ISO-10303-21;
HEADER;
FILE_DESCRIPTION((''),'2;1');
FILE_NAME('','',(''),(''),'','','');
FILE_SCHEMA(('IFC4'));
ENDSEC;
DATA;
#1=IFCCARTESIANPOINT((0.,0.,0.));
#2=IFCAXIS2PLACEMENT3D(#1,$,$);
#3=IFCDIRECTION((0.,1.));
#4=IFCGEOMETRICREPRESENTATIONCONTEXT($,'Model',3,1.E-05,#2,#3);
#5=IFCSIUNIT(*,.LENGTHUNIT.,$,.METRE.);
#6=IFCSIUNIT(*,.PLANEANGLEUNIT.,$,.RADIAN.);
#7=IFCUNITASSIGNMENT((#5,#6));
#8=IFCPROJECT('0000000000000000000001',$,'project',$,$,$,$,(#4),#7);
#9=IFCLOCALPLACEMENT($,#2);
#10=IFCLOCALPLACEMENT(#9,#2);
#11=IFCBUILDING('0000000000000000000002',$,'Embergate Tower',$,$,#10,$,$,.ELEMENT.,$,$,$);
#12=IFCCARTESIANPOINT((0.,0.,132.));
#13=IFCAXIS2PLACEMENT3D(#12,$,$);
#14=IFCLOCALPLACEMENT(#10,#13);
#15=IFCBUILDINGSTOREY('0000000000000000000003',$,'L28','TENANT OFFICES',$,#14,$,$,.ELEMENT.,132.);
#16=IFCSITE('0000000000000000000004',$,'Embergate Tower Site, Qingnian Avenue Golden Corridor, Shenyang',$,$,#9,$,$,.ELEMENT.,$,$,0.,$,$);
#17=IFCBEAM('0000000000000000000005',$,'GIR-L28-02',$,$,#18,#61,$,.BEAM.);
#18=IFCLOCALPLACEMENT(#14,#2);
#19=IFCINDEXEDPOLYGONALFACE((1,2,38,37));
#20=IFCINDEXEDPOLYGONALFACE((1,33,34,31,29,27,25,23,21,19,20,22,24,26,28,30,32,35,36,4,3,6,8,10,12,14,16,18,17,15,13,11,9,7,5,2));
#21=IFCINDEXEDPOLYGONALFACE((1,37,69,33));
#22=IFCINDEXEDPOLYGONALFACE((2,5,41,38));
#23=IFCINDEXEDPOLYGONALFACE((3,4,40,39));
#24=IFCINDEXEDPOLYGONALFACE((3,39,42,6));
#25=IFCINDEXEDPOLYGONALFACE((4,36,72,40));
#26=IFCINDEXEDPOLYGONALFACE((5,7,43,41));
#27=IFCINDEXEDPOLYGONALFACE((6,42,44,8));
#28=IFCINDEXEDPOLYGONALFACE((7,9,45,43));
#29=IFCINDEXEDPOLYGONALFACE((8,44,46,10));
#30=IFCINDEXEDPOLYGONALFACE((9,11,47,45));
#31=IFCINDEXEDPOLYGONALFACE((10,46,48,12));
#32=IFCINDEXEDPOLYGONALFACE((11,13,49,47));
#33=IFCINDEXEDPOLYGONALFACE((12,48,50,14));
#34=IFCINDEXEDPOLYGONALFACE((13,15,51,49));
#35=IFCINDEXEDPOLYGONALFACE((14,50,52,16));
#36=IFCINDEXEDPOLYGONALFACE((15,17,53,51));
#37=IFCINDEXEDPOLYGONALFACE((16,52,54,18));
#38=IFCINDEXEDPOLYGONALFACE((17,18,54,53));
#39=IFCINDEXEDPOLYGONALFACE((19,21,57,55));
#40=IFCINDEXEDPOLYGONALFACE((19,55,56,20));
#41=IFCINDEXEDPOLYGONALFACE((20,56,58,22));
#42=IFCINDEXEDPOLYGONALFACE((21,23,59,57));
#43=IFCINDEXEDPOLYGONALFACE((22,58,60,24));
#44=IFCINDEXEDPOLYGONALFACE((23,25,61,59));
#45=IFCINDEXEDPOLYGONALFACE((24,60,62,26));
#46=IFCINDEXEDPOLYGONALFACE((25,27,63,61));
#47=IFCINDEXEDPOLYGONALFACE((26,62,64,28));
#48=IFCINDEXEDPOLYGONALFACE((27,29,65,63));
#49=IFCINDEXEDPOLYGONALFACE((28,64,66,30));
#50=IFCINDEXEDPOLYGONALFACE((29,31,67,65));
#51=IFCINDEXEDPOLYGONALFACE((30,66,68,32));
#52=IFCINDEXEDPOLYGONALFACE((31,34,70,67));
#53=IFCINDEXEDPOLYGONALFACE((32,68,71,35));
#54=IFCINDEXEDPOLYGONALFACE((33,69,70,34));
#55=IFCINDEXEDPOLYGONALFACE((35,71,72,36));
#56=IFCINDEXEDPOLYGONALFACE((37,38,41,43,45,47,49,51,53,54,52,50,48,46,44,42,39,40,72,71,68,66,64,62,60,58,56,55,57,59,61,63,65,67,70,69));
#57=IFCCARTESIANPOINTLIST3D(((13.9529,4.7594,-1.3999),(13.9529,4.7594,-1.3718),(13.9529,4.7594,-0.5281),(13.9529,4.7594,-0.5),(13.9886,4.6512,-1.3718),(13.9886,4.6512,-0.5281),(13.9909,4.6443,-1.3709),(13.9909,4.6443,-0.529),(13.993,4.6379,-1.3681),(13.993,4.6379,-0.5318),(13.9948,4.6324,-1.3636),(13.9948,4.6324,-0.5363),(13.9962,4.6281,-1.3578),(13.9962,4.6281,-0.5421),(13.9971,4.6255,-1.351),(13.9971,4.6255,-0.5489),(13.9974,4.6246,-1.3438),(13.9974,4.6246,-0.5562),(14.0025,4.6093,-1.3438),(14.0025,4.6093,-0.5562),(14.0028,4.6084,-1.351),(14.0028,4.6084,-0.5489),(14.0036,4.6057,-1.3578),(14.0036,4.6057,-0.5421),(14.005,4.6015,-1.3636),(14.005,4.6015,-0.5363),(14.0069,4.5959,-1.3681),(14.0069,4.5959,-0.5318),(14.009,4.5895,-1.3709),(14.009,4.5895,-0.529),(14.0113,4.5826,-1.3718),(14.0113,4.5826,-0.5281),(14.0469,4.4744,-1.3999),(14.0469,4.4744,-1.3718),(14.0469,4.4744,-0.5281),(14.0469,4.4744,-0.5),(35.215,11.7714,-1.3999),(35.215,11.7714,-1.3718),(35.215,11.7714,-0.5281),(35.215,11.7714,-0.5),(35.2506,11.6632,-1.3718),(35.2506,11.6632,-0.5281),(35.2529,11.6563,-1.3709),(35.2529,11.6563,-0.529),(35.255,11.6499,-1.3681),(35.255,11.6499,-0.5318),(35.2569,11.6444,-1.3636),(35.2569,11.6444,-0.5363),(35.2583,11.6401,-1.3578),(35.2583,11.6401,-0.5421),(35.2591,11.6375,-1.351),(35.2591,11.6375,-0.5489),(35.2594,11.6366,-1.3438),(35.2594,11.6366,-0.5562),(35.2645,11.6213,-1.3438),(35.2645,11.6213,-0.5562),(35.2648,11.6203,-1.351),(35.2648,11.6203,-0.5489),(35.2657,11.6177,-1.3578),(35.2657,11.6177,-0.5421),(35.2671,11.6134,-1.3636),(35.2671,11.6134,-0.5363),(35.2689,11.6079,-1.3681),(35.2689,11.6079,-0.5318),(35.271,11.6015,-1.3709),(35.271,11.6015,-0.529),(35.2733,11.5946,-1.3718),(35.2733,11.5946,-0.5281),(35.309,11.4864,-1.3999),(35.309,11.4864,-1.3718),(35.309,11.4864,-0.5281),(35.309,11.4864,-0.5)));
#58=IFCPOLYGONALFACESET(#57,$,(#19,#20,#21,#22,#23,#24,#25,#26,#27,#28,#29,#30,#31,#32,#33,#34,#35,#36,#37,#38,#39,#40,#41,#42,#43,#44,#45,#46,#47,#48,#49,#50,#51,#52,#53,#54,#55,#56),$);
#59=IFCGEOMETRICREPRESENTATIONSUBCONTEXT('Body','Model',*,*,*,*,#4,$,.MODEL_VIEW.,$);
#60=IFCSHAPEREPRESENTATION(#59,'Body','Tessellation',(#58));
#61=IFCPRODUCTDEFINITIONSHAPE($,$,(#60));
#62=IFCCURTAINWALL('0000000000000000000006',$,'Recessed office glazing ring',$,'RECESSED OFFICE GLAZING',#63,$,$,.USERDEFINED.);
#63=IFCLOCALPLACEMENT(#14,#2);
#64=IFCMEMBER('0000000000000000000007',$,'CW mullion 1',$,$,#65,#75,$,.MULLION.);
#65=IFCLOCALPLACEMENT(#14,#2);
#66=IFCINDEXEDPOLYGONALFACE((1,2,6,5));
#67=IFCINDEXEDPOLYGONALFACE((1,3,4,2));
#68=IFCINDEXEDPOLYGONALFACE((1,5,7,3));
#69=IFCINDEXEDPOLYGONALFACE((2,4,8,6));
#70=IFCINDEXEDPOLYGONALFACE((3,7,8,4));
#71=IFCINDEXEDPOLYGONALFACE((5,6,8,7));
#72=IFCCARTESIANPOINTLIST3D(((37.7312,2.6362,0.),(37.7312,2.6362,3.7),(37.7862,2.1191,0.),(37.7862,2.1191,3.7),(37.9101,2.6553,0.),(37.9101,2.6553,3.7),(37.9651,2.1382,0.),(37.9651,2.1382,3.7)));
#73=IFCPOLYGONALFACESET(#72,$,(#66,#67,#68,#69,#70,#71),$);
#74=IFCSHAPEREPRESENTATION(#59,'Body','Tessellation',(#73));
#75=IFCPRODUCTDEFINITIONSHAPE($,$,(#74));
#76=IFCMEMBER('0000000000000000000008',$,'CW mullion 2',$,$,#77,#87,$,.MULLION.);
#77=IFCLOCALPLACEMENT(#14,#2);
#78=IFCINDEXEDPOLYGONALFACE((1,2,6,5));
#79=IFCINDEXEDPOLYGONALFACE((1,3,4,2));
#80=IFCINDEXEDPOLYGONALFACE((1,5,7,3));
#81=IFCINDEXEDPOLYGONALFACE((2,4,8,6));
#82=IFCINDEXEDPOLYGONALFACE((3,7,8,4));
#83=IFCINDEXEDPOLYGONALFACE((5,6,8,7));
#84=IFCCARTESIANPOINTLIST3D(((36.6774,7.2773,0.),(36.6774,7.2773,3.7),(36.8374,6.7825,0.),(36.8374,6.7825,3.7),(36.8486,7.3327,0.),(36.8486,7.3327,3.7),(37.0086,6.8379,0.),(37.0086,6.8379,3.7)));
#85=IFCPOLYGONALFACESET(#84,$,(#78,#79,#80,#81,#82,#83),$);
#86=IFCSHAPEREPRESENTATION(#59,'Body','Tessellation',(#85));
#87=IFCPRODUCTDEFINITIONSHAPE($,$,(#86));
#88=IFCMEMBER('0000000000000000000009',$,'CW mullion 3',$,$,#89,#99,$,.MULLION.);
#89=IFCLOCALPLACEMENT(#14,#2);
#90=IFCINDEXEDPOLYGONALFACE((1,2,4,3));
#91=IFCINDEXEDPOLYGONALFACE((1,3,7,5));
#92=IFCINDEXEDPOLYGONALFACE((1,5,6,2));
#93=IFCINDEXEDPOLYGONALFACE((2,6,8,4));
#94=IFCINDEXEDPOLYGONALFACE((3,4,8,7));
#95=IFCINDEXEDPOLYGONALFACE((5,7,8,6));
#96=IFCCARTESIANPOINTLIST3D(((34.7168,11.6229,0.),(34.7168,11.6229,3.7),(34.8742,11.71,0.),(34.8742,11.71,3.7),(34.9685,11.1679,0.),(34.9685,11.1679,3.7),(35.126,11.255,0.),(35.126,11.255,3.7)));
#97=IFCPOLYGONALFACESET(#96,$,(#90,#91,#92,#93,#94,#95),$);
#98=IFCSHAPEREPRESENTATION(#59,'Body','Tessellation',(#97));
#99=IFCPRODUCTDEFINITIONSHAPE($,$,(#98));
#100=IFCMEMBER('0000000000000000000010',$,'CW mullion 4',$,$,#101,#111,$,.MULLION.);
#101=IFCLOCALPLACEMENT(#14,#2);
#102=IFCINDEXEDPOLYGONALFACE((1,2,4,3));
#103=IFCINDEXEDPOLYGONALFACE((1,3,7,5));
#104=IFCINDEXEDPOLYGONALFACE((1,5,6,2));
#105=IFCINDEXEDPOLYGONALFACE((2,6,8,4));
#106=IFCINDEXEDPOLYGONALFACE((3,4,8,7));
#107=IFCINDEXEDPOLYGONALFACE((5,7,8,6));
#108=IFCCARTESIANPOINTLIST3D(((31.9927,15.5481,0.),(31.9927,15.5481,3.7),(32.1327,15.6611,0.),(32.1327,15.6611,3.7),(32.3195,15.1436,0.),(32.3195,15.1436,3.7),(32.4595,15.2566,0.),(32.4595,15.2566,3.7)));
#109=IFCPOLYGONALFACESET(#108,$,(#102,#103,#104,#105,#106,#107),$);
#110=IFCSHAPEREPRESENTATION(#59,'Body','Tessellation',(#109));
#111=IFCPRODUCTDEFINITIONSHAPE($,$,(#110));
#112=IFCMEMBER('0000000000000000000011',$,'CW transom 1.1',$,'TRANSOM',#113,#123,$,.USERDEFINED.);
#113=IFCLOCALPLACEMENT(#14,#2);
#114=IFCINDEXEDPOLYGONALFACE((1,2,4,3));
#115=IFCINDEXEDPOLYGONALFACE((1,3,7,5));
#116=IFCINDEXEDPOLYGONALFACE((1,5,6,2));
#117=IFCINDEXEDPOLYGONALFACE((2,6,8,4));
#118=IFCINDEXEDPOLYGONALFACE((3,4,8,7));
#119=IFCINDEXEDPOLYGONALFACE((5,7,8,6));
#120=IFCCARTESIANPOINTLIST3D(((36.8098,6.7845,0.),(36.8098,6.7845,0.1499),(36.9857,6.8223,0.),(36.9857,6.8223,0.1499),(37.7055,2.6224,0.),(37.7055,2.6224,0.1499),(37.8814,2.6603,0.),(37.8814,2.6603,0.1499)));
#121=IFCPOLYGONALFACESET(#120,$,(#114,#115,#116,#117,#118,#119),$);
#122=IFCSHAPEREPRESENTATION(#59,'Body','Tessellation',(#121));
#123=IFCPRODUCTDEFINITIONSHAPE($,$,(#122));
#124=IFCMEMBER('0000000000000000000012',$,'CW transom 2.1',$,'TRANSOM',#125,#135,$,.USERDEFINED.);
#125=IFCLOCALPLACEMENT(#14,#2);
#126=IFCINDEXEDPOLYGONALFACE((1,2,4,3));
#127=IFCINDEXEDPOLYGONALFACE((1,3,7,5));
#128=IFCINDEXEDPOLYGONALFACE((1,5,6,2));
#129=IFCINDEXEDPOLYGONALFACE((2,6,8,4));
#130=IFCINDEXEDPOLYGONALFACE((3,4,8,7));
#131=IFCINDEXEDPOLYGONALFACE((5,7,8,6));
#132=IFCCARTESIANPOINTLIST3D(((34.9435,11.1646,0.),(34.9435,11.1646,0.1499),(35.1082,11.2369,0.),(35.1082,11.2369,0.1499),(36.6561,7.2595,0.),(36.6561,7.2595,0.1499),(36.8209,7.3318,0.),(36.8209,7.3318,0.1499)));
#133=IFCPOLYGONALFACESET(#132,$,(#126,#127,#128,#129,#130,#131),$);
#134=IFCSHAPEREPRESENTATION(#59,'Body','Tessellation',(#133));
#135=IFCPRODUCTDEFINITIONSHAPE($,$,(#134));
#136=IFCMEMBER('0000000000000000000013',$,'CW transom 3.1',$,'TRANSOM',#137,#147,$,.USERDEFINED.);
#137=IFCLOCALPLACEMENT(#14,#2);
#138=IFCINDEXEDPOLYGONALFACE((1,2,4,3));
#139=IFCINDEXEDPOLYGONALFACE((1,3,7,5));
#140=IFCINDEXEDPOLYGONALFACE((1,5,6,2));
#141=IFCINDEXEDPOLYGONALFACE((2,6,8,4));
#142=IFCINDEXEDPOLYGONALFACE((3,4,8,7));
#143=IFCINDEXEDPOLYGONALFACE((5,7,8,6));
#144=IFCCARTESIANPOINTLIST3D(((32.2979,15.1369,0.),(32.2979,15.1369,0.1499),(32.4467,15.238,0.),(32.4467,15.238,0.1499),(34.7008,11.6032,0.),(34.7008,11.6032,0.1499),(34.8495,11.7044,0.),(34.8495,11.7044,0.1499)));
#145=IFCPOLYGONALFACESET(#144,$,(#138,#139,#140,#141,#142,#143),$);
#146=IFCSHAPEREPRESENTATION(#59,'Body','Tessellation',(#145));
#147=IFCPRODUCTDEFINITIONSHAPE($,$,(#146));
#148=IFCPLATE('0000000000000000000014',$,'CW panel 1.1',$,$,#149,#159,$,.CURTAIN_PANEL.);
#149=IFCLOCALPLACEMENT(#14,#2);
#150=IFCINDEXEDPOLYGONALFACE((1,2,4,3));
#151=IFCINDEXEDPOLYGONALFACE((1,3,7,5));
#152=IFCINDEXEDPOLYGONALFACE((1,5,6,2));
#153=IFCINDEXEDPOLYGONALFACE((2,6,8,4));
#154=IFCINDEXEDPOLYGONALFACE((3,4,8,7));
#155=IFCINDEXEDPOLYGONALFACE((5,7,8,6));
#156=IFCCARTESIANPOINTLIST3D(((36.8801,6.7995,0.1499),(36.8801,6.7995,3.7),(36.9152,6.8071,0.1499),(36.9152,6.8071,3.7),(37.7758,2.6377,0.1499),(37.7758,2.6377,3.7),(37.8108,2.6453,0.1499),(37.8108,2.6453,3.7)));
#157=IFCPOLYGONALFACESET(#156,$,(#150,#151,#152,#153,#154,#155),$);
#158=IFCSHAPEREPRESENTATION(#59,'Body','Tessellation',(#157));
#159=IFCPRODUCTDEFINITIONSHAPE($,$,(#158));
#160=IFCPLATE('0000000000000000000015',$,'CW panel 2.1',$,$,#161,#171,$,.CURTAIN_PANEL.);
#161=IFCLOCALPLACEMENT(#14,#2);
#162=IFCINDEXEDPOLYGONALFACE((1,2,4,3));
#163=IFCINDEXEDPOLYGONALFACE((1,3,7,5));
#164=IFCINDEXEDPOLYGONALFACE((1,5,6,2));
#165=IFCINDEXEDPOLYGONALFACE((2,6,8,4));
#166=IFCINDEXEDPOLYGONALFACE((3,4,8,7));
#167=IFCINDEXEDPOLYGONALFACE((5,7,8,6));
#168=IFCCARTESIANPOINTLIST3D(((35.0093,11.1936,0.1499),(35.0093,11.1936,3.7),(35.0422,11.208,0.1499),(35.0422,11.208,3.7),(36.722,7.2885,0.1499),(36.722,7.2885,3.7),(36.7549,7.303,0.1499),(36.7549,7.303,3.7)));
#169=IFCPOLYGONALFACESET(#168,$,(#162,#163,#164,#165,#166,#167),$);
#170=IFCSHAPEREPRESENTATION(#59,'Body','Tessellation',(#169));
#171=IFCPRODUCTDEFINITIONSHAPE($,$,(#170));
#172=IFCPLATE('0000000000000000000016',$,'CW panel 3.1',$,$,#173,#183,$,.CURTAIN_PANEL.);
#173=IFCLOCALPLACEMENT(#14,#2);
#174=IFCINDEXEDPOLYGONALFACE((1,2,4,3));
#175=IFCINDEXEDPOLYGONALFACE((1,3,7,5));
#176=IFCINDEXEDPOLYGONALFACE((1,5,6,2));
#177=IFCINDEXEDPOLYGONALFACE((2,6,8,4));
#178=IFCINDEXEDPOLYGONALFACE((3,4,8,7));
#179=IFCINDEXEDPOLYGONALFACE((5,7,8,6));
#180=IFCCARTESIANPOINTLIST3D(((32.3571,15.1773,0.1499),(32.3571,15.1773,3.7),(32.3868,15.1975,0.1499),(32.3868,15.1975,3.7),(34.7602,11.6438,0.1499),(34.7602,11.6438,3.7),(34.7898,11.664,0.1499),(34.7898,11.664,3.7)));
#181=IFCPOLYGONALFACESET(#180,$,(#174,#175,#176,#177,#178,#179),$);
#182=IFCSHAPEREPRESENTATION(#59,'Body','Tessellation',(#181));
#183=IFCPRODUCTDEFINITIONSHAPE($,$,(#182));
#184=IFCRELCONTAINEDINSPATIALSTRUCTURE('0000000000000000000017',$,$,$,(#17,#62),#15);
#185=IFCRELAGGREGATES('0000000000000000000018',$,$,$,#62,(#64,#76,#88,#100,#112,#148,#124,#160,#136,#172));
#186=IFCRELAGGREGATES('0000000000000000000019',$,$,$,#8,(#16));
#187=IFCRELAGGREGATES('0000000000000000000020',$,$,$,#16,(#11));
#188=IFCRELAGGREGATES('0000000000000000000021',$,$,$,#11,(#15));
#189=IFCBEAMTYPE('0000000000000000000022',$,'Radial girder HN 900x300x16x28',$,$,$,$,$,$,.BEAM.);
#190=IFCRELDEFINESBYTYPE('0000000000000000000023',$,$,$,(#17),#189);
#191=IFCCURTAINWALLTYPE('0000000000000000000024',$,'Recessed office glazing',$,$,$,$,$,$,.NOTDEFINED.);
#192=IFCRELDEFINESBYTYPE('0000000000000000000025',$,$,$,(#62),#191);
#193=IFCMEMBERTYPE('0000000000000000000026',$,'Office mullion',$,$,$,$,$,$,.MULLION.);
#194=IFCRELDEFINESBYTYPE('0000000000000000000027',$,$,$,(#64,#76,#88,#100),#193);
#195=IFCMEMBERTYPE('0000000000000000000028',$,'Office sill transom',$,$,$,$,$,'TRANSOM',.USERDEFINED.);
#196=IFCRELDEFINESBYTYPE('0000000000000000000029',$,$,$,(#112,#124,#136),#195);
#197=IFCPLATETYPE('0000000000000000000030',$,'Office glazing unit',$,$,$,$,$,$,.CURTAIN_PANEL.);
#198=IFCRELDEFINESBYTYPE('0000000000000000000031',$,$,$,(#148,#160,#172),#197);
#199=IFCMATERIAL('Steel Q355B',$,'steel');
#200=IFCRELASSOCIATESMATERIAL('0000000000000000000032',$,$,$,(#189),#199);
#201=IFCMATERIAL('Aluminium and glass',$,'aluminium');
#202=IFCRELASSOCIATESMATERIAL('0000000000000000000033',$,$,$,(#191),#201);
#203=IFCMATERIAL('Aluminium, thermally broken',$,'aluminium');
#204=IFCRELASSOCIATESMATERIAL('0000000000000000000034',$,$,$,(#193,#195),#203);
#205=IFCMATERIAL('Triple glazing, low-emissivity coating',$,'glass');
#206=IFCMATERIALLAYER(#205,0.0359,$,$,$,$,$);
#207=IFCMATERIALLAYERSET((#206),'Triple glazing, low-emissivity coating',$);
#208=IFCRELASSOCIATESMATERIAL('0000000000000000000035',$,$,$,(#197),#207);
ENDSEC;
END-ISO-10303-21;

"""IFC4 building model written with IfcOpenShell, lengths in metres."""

from ifc_helpers import new_model, si_unit, direction, frame, origin, origin_2d, place, context, subcontext, project, spatial, rectangle, i_section, extrude, source, transform, mapped, material, layer, layer_set, material_profile, profile_set, type_object, element, aggregate, save


model = new_model("IFC4")

# Units and contexts
model_context = context("Model", 3, precision=1e-05, world=origin(), true_north=direction((0.0, 1.0)))
body_context = subcontext(model_context, "Body", "Model", "MODEL_VIEW")
ifc_project = project(units=[si_unit("LENGTHUNIT", "METRE"), si_unit("PLANEANGLEUNIT", "RADIAN")], contexts=[model_context])

# Site, building, storey
site_placement = place(None, origin())
site = spatial("IfcSite", under=ifc_project, at=site_placement, Name="Embergate Tower Site, Qingnian Avenue Golden Corridor, Shenyang", CompositionType="ELEMENT", RefElevation=0.0)
building_placement = place(site_placement, origin())
building = spatial("IfcBuilding", under=site, at=building_placement, Name="Embergate Tower", CompositionType="ELEMENT")
storey_placement = place(building_placement, frame((0.0, 0.0, 132.0)))
storey = spatial("IfcBuildingStorey", under=building, at=storey_placement, Name="L28", Description="TENANT OFFICES", CompositionType="ELEMENT", Elevation=132.0)

# Beam
ifc_material_1 = material(Name="Steel Q355B", Category="steel")
ifc_material_profile_1 = material_profile(ifc_material_1, i_section(OverallWidth=0.3, OverallDepth=0.8999, WebThickness=0.0161, FlangeThickness=0.0281, FilletRadius=0.0281, at=origin_2d()), Name="HN 900x300x16x28")
ifc_profile_set_1 = profile_set([ifc_material_profile_1], Name="Steel Q355 grade B")
beam_type_1 = type_object("IfcBeamType", Name="Radial girder HN 900x300x16x28", PredefinedType="BEAM", material=ifc_profile_set_1)
shared_shape_1 = source(origin(), body_context, "Body", "SweptSolid", [
    extrude(i_section(OverallWidth=0.3, OverallDepth=0.8999, WebThickness=0.0161, FlangeThickness=0.0281, FilletRadius=0.0281, at=origin_2d()), origin(), (0.0, 0.0, 1.0), 22.3884),
])
beam_1_placement = place(storey_placement, frame((35.262, 11.6289, -0.95), z_axis=(-0.949688, -0.313197, 0.0), x_axis=(0.313197, -0.949688, 0.0)))
element("IfcBeam", 1, at=beam_1_placement, inside=storey, type_object=beam_type_1, Name="GIR-L28-02", PredefinedType="BEAM", context=body_context, shape_type="MappedRepresentation", body=[
    mapped(shared_shape_1, transform((0.0, 0.0, 0.0))),
])

# Curtain wall, members, plates
ifc_material_2 = material(Name="Aluminium and glass", Category="aluminium")
curtain_wall_type = type_object("IfcCurtainWallType", Name="Recessed office glazing", PredefinedType="NOTDEFINED", material=ifc_material_2)
curtain_wall_placement = place(storey_placement, origin())
curtain_wall = element("IfcCurtainWall", 2, at=curtain_wall_placement, inside=storey, type_object=curtain_wall_type, Name="Recessed office glazing ring", ObjectType="RECESSED OFFICE GLAZING", PredefinedType="USERDEFINED")
ifc_material_3 = material(Name="Aluminium, thermally broken", Category="aluminium")
ifc_material_profile_2 = material_profile(ifc_material_3, rectangle(XDim=0.1799, YDim=0.52, at=origin_2d()), Name="AL 520x180")
ifc_profile_set_2 = profile_set([ifc_material_profile_2], Name="Aluminium, thermally broken")
member_type_1 = type_object("IfcMemberType", Name="Office mullion", PredefinedType="MULLION", material=ifc_profile_set_2)
shared_shape_2 = source(origin(), body_context, "Body", "SweptSolid", [
    extrude(rectangle(XDim=0.1799, YDim=0.52, at=origin_2d()), origin(), (0.0, 0.0, 1.0), 3.7),
])
member_1_placement = place(storey_placement, frame((37.8481, 2.3872, 0.0), z_axis=(0.0, 0.0, 1.0), x_axis=(-0.994385, -0.105823, 0.0)))
member_1 = element("IfcMember", 3, at=member_1_placement, type_object=member_type_1, Name="CW mullion 1", PredefinedType="MULLION", context=body_context, shape_type="MappedRepresentation", body=[
    mapped(shared_shape_2, transform((0.0, 0.0, 0.0))),
])
member_2_placement = place(storey_placement, frame((36.843, 7.0576, 0.0), z_axis=(0.0, 0.0, 1.0), x_axis=(-0.951498, -0.307654, 0.0)))
member_2 = element("IfcMember", 4, at=member_2_placement, type_object=member_type_1, Name="CW mullion 2", PredefinedType="MULLION", context=body_context, shape_type="MappedRepresentation", body=[
    mapped(shared_shape_2, transform((0.0, 0.0, 0.0))),
])
member_3_placement = place(storey_placement, frame((34.9214, 11.439, 0.0), z_axis=(0.0, 0.0, 1.0), x_axis=(-0.875002, -0.484119, 0.0)))
member_3 = element("IfcMember", 5, at=member_3_placement, type_object=member_type_1, Name="CW mullion 3", PredefinedType="MULLION", context=body_context, shape_type="MappedRepresentation", body=[
    mapped(shared_shape_2, transform((0.0, 0.0, 0.0))),
])
member_4_placement = place(storey_placement, frame((32.2261, 15.4023, 0.0), z_axis=(0.0, 0.0, 1.0), x_axis=(-0.777873, -0.628422, 0.0)))
member_4 = element("IfcMember", 6, at=member_4_placement, type_object=member_type_1, Name="CW mullion 4", PredefinedType="MULLION", context=body_context, shape_type="MappedRepresentation", body=[
    mapped(shared_shape_2, transform((0.0, 0.0, 0.0))),
])
ifc_material_profile_3 = material_profile(ifc_material_3, rectangle(XDim=0.1799, YDim=0.1499, at=origin_2d()), Name="AL 150x180")
ifc_profile_set_3 = profile_set([ifc_material_profile_3], Name="Aluminium, thermally broken")
member_type_2 = type_object("IfcMemberType", Name="Office sill transom", ElementType="TRANSOM", PredefinedType="USERDEFINED", material=ifc_profile_set_3)
shared_shape_3 = source(origin(), body_context, "Body", "SweptSolid", [
    extrude(rectangle(XDim=0.1799, YDim=0.1499, at=origin_2d()), origin(), (0.0, 0.0, 1.0), 4.2573),
])
member_5_placement = place(storey_placement, frame((37.7935, 2.6414, 0.075), z_axis=(-0.210398, 0.977616, 0.0), x_axis=(-0.977616, -0.210398, 0.0)))
member_5 = element("IfcMember", 7, at=member_5_placement, type_object=member_type_2, Name="CW transom 1.1", ObjectType="TRANSOM", PredefinedType="USERDEFINED", context=body_context, shape_type="MappedRepresentation", body=[
    mapped(shared_shape_3, transform((0.0, 0.0, 0.0))),
])
shared_shape_4 = source(origin(), body_context, "Body", "SweptSolid", [
    extrude(rectangle(XDim=0.1799, YDim=0.1499, at=origin_2d()), origin(), (0.0, 0.0, 1.0), 4.2642),
])
member_6_placement = place(storey_placement, frame((36.7385, 7.2957, 0.075), z_axis=(-0.401645, 0.915796, 0.0), x_axis=(-0.915796, -0.401645, 0.0)))
member_6 = element("IfcMember", 8, at=member_6_placement, type_object=member_type_2, Name="CW transom 2.1", ObjectType="TRANSOM", PredefinedType="USERDEFINED", context=body_context, shape_type="MappedRepresentation", body=[
    mapped(shared_shape_4, transform((0.0, 0.0, 0.0))),
])
shared_shape_5 = source(origin(), body_context, "Body", "SweptSolid", [
    extrude(rectangle(XDim=0.1799, YDim=0.1499, at=origin_2d()), origin(), (0.0, 0.0, 1.0), 4.2732),
])
member_7_placement = place(storey_placement, frame((34.7751, 11.6538, 0.075), z_axis=(-0.562298, 0.826935, 0.0), x_axis=(-0.826935, -0.562298, 0.0)))
member_7 = element("IfcMember", 9, at=member_7_placement, type_object=member_type_2, Name="CW transom 3.1", ObjectType="TRANSOM", PredefinedType="USERDEFINED", context=body_context, shape_type="MappedRepresentation", body=[
    mapped(shared_shape_5, transform((0.0, 0.0, 0.0))),
])
ifc_material_4 = material(Name="Triple glazing, low-emissivity coating", Category="glass")
ifc_layer_1 = layer(ifc_material_4, 0.0359)
ifc_layer_set_1 = layer_set([ifc_layer_1], Name="Triple glazing, low-emissivity coating")
plate_type = type_object("IfcPlateType", Name="Office glazing unit", PredefinedType="CURTAIN_PANEL", material=ifc_layer_set_1)
shared_shape_6 = source(origin(), body_context, "Body", "SweptSolid", [
    extrude(rectangle(XDim=4.2571, YDim=0.0359, at=origin_2d()), origin(), (0.0, 0.0, 1.0), 3.55),
])
plate_1_placement = place(storey_placement, frame((37.3455, 4.7224, 0.1499), z_axis=(0.0, 0.0, 1.0), x_axis=(-0.210398, 0.977616, 0.0)))
plate_1 = element("IfcPlate", 10, at=plate_1_placement, type_object=plate_type, Name="CW panel 1.1", PredefinedType="CURTAIN_PANEL", context=body_context, shape_type="MappedRepresentation", body=[
    mapped(shared_shape_6, transform((0.0, 0.0, 0.0))),
])
shared_shape_7 = source(origin(), body_context, "Body", "SweptSolid", [
    extrude(rectangle(XDim=4.2642, YDim=0.0359, at=origin_2d()), origin(), (0.0, 0.0, 1.0), 3.55),
])
plate_2_placement = place(storey_placement, frame((35.8821, 9.2483, 0.1499), z_axis=(0.0, 0.0, 1.0), x_axis=(-0.401655, 0.915791, 0.0)))
plate_2 = element("IfcPlate", 11, at=plate_2_placement, type_object=plate_type, Name="CW panel 2.1", PredefinedType="CURTAIN_PANEL", context=body_context, shape_type="MappedRepresentation", body=[
    mapped(shared_shape_7, transform((0.0, 0.0, 0.0))),
])
shared_shape_8 = source(origin(), body_context, "Body", "SweptSolid", [
    extrude(rectangle(XDim=4.2732, YDim=0.0359, at=origin_2d()), origin(), (0.0, 0.0, 1.0), 3.55),
])
plate_3_placement = place(storey_placement, frame((33.5735, 13.4207, 0.1499), z_axis=(0.0, 0.0, 1.0), x_axis=(-0.562345, 0.826903, 0.0)))
plate_3 = element("IfcPlate", 12, at=plate_3_placement, type_object=plate_type, Name="CW panel 3.1", PredefinedType="CURTAIN_PANEL", context=body_context, shape_type="MappedRepresentation", body=[
    mapped(shared_shape_8, transform((0.0, 0.0, 0.0))),
])
aggregate(curtain_wall, [member_1, member_2, member_3, member_4, member_5, plate_1, member_6, plate_2, member_7, plate_3])

save(model, "model.ifc")
